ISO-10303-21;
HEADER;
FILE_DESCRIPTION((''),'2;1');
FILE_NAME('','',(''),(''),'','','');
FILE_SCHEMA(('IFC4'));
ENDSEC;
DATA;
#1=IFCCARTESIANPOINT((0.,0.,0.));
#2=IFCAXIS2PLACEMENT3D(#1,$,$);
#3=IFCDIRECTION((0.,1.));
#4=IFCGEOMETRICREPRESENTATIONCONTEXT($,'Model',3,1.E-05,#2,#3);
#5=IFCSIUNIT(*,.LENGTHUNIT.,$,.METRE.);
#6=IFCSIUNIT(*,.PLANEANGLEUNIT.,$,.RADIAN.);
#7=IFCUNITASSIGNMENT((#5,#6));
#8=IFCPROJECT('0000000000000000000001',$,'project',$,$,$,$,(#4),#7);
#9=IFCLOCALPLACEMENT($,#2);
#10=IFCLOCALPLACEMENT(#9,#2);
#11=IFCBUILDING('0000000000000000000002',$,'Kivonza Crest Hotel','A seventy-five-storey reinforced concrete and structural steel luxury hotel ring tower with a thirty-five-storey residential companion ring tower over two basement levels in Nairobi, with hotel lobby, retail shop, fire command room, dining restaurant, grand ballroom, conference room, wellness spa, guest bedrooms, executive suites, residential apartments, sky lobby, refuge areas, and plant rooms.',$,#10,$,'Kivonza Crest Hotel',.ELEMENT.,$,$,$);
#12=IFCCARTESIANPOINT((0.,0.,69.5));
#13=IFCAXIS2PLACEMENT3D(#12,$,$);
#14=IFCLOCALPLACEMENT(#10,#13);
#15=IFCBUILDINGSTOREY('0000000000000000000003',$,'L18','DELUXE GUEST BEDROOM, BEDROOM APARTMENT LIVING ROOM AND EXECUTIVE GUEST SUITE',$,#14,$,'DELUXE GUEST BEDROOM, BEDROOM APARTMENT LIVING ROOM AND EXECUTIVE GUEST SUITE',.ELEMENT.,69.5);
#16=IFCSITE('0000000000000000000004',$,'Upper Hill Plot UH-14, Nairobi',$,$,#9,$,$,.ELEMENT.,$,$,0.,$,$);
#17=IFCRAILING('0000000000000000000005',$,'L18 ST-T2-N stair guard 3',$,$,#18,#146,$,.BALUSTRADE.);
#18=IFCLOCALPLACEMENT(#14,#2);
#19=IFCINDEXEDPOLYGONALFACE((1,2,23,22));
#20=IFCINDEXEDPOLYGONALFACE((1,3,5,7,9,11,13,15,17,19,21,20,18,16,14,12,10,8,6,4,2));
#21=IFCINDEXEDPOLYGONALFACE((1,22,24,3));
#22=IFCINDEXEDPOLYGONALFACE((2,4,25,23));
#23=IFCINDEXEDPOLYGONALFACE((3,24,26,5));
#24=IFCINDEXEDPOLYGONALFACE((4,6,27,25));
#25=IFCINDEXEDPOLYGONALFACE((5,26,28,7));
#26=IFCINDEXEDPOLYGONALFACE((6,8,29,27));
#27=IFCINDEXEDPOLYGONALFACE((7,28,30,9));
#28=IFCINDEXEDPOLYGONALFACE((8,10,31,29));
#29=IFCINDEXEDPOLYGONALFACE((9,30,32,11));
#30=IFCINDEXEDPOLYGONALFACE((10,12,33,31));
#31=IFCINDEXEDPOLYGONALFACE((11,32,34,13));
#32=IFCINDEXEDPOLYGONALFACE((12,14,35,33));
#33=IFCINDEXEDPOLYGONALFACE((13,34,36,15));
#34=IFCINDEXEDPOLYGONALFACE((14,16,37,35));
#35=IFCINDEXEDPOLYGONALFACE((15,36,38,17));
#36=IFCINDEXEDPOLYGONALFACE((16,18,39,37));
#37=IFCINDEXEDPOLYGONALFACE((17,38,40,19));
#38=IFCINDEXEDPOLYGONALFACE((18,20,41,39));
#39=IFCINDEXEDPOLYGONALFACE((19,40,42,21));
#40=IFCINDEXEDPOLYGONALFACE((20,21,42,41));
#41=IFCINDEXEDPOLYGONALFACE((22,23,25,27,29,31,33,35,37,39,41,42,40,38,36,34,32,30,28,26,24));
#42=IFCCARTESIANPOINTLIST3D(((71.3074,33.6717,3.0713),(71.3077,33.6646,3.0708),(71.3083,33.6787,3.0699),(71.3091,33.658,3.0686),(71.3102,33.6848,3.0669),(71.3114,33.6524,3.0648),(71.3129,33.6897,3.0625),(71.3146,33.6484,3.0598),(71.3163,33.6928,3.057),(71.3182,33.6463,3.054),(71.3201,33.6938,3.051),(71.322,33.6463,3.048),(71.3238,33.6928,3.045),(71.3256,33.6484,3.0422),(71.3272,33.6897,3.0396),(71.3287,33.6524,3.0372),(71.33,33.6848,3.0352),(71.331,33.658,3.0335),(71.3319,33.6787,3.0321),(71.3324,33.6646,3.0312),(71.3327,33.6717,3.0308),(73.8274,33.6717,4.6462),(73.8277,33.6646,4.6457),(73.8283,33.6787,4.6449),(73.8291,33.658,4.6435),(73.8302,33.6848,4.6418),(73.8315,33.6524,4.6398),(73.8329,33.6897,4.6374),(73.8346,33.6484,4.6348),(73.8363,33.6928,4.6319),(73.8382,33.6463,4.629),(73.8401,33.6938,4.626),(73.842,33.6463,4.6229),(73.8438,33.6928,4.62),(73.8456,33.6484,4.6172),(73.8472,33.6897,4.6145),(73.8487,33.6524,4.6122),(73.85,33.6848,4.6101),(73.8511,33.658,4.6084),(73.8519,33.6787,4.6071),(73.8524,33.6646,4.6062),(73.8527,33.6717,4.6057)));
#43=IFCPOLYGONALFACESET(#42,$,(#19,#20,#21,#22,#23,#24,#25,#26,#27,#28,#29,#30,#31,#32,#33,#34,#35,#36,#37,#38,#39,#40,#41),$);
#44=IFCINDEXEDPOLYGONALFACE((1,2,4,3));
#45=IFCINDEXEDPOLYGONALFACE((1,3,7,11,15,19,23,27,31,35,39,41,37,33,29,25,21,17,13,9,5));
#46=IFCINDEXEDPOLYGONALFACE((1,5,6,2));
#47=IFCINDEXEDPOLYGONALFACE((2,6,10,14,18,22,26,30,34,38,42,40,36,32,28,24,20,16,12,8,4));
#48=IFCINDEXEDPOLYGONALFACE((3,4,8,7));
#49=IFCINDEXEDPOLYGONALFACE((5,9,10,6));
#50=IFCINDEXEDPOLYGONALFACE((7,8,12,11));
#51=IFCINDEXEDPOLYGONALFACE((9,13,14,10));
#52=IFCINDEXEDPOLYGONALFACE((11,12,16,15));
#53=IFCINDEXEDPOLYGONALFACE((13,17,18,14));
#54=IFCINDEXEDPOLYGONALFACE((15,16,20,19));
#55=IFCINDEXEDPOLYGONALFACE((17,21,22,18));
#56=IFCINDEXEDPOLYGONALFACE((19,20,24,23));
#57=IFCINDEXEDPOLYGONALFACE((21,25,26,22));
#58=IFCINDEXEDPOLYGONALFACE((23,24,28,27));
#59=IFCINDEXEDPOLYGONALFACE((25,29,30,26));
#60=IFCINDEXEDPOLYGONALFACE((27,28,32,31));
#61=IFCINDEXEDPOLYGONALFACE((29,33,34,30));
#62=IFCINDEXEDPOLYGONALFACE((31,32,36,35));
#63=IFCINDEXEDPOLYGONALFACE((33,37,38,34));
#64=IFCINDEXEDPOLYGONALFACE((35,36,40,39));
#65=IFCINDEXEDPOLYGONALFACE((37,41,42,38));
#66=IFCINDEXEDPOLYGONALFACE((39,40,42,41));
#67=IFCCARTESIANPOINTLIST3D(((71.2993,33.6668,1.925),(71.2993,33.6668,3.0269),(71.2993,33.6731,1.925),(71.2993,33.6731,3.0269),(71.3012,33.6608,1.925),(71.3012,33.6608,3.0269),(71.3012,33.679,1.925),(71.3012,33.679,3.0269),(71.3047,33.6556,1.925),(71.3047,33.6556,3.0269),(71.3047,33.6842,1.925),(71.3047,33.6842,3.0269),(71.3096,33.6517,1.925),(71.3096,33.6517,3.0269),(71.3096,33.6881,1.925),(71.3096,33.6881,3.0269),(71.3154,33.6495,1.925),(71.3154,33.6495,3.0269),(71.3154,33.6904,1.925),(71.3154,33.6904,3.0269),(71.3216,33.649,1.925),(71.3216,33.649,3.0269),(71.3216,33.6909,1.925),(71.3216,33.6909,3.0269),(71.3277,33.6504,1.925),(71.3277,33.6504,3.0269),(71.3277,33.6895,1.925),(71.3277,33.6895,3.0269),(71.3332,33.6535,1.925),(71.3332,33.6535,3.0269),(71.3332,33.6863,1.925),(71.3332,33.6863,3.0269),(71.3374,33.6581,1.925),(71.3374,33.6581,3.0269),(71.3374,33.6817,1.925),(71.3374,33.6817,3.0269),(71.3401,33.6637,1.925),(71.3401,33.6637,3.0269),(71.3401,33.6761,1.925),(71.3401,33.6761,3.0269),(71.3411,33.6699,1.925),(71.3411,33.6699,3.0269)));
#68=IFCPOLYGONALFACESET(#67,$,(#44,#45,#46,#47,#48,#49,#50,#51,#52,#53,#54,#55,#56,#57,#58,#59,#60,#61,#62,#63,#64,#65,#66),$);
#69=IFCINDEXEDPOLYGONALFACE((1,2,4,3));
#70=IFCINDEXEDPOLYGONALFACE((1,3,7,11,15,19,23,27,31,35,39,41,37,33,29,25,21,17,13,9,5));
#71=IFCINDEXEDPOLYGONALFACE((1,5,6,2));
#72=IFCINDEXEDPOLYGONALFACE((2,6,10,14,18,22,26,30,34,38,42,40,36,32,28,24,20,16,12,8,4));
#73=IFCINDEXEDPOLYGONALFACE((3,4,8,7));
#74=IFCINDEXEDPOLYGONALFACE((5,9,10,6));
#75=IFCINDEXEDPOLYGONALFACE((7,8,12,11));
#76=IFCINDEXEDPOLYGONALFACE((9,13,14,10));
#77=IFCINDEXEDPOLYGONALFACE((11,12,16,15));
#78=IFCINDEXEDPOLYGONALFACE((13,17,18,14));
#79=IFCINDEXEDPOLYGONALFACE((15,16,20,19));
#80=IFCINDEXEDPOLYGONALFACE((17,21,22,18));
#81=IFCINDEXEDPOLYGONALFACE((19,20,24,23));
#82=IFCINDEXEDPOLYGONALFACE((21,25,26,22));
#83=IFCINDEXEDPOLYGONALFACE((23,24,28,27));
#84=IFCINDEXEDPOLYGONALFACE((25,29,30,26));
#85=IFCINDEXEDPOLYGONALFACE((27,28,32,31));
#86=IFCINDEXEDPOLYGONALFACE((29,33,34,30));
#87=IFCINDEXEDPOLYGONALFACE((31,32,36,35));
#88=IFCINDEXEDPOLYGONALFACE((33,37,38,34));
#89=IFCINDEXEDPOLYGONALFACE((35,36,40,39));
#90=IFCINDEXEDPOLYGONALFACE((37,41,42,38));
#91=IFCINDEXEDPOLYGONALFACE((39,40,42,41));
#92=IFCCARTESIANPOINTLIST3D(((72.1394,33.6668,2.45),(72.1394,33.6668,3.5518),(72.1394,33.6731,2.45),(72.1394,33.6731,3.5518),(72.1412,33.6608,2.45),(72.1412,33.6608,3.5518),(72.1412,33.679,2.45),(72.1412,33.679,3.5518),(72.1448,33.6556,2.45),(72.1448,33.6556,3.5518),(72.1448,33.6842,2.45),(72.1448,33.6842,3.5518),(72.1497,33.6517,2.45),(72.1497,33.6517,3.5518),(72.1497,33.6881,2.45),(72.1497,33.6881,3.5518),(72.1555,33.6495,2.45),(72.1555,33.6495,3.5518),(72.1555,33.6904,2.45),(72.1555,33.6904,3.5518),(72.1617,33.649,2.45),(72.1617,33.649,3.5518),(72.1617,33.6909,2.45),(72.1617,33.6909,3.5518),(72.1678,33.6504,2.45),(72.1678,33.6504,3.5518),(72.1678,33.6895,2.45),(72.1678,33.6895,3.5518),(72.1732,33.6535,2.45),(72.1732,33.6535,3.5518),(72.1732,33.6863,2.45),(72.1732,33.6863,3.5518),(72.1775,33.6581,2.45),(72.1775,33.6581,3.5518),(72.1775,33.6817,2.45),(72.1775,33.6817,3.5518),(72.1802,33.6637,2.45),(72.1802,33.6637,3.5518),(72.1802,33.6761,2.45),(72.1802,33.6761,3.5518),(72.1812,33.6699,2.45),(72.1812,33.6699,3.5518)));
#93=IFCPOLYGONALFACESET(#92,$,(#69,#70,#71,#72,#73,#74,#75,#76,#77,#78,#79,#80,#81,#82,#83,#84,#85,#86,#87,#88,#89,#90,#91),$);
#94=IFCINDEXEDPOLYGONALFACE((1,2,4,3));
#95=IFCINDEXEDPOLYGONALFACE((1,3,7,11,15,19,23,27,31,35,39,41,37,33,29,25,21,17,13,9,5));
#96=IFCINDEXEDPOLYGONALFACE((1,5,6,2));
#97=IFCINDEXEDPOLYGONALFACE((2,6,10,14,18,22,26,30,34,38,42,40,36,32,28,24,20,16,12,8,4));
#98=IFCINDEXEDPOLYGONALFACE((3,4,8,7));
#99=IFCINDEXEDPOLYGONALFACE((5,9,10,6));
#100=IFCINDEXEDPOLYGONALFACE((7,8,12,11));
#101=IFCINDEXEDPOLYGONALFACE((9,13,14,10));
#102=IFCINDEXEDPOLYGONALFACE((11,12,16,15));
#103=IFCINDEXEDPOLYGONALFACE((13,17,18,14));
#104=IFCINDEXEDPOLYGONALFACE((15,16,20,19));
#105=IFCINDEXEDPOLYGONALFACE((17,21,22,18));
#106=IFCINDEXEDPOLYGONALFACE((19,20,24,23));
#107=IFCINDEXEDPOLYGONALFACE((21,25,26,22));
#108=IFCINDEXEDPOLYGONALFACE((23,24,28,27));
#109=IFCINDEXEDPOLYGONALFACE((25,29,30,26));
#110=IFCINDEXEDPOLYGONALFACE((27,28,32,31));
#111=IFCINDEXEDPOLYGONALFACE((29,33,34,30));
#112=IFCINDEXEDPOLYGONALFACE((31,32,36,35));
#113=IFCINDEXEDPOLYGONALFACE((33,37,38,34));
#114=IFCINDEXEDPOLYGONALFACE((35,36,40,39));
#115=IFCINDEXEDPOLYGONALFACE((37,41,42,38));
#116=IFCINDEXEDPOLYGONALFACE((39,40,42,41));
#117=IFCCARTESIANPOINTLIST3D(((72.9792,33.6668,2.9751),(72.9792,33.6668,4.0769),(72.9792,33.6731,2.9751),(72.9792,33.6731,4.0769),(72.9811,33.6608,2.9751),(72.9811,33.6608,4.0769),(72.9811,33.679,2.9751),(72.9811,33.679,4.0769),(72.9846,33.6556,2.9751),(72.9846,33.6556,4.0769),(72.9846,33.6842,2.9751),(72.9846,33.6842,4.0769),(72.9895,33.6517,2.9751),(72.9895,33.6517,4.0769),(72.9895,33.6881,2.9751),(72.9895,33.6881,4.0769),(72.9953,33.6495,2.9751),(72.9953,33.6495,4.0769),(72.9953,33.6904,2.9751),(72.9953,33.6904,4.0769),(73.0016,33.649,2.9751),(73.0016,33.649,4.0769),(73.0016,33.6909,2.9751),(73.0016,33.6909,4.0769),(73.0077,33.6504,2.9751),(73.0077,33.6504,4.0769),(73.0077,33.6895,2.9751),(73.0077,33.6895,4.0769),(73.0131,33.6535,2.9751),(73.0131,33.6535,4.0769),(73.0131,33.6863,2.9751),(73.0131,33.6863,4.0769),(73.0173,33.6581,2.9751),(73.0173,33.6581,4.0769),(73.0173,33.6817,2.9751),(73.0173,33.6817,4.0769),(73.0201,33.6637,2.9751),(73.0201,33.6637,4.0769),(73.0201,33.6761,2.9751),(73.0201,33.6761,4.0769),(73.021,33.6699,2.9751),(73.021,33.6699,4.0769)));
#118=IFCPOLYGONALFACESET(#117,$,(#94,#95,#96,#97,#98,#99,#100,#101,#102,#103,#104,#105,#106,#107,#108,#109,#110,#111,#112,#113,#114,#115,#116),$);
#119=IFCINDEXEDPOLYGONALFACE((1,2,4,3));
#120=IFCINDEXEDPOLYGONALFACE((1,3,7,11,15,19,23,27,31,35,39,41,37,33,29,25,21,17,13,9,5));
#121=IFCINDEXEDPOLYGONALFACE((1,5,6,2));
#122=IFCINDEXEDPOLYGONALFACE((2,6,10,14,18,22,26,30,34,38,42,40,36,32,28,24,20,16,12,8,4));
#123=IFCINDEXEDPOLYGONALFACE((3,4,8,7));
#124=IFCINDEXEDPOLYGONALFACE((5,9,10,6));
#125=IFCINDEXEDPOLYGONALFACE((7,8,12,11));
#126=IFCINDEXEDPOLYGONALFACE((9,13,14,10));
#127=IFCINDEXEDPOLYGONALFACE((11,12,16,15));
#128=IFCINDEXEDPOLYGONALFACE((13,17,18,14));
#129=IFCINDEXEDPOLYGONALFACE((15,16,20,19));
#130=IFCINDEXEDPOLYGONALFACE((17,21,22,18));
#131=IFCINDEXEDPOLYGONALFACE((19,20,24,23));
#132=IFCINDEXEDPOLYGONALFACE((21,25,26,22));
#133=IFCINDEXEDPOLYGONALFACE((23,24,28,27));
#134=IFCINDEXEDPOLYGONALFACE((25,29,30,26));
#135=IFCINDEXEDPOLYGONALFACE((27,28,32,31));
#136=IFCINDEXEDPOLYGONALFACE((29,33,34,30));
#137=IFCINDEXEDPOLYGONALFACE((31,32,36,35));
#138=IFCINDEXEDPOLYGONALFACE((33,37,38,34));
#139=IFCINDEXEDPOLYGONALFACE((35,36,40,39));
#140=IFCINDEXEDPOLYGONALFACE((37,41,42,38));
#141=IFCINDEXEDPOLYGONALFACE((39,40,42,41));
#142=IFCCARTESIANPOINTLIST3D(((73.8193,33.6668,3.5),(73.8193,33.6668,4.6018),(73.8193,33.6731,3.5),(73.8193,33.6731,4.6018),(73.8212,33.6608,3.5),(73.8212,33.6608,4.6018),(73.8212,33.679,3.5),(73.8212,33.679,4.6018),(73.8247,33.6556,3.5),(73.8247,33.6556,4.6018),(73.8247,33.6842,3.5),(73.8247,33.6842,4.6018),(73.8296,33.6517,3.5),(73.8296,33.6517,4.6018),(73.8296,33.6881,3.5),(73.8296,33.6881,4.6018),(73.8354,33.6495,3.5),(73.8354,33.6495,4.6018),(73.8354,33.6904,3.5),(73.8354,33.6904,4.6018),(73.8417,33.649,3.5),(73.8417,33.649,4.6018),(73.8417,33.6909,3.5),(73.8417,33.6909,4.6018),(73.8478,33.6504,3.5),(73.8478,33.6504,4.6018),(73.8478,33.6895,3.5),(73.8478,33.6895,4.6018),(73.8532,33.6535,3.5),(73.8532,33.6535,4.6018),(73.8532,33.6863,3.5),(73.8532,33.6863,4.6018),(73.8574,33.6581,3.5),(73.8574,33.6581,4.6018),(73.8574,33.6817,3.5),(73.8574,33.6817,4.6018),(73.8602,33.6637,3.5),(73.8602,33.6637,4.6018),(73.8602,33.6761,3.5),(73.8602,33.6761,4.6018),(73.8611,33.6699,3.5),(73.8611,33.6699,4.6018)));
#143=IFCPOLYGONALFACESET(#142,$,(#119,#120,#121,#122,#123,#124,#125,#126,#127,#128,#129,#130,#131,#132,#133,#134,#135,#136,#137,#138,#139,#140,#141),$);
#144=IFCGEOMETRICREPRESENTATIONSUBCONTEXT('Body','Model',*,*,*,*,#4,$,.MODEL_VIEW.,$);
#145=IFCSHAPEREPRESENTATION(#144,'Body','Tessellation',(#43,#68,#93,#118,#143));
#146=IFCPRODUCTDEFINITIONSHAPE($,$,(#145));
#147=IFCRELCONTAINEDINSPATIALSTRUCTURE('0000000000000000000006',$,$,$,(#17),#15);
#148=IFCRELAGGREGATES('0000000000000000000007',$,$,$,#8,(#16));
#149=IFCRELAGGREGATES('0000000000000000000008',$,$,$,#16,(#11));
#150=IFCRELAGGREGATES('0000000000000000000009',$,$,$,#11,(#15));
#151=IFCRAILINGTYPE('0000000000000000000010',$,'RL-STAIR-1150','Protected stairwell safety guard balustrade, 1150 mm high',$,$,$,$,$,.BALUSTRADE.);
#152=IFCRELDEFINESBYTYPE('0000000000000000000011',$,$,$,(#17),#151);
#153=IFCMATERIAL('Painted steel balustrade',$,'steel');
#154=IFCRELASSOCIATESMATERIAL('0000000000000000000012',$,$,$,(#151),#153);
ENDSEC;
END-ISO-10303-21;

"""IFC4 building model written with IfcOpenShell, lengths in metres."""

from ifc_helpers import new_model, si_unit, direction, frame, origin, origin_2d, place, context, subcontext, project, spatial, circle, extrude, material, type_object, element, save


model = new_model("IFC4")

# Units and contexts
model_context = context("Model", 3, precision=1e-05, world=origin(), true_north=direction((0.0, 1.0)))
body_context = subcontext(model_context, "Body", "Model", "MODEL_VIEW")
ifc_project = project(units=[si_unit("LENGTHUNIT", "METRE"), si_unit("PLANEANGLEUNIT", "RADIAN")], contexts=[model_context])

# Site, building, storey
site_placement = place(None, origin())
site = spatial("IfcSite", under=ifc_project, at=site_placement, Name="Upper Hill Plot UH-14, Nairobi", CompositionType="ELEMENT", RefElevation=0.0)
building_placement = place(site_placement, origin())
building = spatial("IfcBuilding", under=site, at=building_placement, Name="Kivonza Crest Hotel", Description="A seventy-five-storey reinforced concrete and structural steel luxury hotel ring tower with a thirty-five-storey residential companion ring tower over two basement levels in Nairobi, with hotel lobby, retail shop, fire command room, dining restaurant, grand ballroom, conference room, wellness spa, guest bedrooms, executive suites, residential apartments, sky lobby, refuge areas, and plant rooms.", LongName="Kivonza Crest Hotel", CompositionType="ELEMENT")
storey_placement = place(building_placement, frame((0.0, 0.0, 69.5)))
storey = spatial("IfcBuildingStorey", under=building, at=storey_placement, Name="L18", Description="DELUXE GUEST BEDROOM, BEDROOM APARTMENT LIVING ROOM AND EXECUTIVE GUEST SUITE", LongName="DELUXE GUEST BEDROOM, BEDROOM APARTMENT LIVING ROOM AND EXECUTIVE GUEST SUITE", CompositionType="ELEMENT", Elevation=69.5)

# Railing
ifc_material_1 = material(Name="Painted steel balustrade", Category="steel")
railing_type = type_object("IfcRailingType", Name="RL-STAIR-1150", Description="Protected stairwell safety guard balustrade, 1150 mm high", PredefinedType="BALUSTRADE", material=ifc_material_1)
railing_1_placement = place(storey_placement, frame((71.3201, 33.6699, 1.925)))
element("IfcRailing", 1, at=railing_1_placement, inside=storey, type_object=railing_type, Name="L18 ST-T2-N stair guard 3", PredefinedType="BALUSTRADE", context=body_context, shape_type="SweptSolid", body=[
    extrude(circle(Radius=0.0239, at=origin_2d()), frame((0.0, 0.0, 1.126), z_axis=(0.848008, 0.0, 0.529984), x_axis=(0.0, 1.0, 0.0)), (0.0, 0.0, 1.0), 2.9717),
    extrude(circle(Radius=0.021, at=origin_2d()), origin(), (0.0, 0.0, 1.0), 1.1018),
    extrude(circle(Radius=0.021, at=origin_2d()), frame((0.8401, 0.0, 0.5249)), (0.0, 0.0, 1.0), 1.1018),
    extrude(circle(Radius=0.021, at=origin_2d()), frame((1.6799, 0.0, 1.05)), (0.0, 0.0, 1.0), 1.1018),
    extrude(circle(Radius=0.021, at=origin_2d()), frame((2.52, 0.0, 1.575)), (0.0, 0.0, 1.0), 1.1018),
])

save(model, "model.ifc")
